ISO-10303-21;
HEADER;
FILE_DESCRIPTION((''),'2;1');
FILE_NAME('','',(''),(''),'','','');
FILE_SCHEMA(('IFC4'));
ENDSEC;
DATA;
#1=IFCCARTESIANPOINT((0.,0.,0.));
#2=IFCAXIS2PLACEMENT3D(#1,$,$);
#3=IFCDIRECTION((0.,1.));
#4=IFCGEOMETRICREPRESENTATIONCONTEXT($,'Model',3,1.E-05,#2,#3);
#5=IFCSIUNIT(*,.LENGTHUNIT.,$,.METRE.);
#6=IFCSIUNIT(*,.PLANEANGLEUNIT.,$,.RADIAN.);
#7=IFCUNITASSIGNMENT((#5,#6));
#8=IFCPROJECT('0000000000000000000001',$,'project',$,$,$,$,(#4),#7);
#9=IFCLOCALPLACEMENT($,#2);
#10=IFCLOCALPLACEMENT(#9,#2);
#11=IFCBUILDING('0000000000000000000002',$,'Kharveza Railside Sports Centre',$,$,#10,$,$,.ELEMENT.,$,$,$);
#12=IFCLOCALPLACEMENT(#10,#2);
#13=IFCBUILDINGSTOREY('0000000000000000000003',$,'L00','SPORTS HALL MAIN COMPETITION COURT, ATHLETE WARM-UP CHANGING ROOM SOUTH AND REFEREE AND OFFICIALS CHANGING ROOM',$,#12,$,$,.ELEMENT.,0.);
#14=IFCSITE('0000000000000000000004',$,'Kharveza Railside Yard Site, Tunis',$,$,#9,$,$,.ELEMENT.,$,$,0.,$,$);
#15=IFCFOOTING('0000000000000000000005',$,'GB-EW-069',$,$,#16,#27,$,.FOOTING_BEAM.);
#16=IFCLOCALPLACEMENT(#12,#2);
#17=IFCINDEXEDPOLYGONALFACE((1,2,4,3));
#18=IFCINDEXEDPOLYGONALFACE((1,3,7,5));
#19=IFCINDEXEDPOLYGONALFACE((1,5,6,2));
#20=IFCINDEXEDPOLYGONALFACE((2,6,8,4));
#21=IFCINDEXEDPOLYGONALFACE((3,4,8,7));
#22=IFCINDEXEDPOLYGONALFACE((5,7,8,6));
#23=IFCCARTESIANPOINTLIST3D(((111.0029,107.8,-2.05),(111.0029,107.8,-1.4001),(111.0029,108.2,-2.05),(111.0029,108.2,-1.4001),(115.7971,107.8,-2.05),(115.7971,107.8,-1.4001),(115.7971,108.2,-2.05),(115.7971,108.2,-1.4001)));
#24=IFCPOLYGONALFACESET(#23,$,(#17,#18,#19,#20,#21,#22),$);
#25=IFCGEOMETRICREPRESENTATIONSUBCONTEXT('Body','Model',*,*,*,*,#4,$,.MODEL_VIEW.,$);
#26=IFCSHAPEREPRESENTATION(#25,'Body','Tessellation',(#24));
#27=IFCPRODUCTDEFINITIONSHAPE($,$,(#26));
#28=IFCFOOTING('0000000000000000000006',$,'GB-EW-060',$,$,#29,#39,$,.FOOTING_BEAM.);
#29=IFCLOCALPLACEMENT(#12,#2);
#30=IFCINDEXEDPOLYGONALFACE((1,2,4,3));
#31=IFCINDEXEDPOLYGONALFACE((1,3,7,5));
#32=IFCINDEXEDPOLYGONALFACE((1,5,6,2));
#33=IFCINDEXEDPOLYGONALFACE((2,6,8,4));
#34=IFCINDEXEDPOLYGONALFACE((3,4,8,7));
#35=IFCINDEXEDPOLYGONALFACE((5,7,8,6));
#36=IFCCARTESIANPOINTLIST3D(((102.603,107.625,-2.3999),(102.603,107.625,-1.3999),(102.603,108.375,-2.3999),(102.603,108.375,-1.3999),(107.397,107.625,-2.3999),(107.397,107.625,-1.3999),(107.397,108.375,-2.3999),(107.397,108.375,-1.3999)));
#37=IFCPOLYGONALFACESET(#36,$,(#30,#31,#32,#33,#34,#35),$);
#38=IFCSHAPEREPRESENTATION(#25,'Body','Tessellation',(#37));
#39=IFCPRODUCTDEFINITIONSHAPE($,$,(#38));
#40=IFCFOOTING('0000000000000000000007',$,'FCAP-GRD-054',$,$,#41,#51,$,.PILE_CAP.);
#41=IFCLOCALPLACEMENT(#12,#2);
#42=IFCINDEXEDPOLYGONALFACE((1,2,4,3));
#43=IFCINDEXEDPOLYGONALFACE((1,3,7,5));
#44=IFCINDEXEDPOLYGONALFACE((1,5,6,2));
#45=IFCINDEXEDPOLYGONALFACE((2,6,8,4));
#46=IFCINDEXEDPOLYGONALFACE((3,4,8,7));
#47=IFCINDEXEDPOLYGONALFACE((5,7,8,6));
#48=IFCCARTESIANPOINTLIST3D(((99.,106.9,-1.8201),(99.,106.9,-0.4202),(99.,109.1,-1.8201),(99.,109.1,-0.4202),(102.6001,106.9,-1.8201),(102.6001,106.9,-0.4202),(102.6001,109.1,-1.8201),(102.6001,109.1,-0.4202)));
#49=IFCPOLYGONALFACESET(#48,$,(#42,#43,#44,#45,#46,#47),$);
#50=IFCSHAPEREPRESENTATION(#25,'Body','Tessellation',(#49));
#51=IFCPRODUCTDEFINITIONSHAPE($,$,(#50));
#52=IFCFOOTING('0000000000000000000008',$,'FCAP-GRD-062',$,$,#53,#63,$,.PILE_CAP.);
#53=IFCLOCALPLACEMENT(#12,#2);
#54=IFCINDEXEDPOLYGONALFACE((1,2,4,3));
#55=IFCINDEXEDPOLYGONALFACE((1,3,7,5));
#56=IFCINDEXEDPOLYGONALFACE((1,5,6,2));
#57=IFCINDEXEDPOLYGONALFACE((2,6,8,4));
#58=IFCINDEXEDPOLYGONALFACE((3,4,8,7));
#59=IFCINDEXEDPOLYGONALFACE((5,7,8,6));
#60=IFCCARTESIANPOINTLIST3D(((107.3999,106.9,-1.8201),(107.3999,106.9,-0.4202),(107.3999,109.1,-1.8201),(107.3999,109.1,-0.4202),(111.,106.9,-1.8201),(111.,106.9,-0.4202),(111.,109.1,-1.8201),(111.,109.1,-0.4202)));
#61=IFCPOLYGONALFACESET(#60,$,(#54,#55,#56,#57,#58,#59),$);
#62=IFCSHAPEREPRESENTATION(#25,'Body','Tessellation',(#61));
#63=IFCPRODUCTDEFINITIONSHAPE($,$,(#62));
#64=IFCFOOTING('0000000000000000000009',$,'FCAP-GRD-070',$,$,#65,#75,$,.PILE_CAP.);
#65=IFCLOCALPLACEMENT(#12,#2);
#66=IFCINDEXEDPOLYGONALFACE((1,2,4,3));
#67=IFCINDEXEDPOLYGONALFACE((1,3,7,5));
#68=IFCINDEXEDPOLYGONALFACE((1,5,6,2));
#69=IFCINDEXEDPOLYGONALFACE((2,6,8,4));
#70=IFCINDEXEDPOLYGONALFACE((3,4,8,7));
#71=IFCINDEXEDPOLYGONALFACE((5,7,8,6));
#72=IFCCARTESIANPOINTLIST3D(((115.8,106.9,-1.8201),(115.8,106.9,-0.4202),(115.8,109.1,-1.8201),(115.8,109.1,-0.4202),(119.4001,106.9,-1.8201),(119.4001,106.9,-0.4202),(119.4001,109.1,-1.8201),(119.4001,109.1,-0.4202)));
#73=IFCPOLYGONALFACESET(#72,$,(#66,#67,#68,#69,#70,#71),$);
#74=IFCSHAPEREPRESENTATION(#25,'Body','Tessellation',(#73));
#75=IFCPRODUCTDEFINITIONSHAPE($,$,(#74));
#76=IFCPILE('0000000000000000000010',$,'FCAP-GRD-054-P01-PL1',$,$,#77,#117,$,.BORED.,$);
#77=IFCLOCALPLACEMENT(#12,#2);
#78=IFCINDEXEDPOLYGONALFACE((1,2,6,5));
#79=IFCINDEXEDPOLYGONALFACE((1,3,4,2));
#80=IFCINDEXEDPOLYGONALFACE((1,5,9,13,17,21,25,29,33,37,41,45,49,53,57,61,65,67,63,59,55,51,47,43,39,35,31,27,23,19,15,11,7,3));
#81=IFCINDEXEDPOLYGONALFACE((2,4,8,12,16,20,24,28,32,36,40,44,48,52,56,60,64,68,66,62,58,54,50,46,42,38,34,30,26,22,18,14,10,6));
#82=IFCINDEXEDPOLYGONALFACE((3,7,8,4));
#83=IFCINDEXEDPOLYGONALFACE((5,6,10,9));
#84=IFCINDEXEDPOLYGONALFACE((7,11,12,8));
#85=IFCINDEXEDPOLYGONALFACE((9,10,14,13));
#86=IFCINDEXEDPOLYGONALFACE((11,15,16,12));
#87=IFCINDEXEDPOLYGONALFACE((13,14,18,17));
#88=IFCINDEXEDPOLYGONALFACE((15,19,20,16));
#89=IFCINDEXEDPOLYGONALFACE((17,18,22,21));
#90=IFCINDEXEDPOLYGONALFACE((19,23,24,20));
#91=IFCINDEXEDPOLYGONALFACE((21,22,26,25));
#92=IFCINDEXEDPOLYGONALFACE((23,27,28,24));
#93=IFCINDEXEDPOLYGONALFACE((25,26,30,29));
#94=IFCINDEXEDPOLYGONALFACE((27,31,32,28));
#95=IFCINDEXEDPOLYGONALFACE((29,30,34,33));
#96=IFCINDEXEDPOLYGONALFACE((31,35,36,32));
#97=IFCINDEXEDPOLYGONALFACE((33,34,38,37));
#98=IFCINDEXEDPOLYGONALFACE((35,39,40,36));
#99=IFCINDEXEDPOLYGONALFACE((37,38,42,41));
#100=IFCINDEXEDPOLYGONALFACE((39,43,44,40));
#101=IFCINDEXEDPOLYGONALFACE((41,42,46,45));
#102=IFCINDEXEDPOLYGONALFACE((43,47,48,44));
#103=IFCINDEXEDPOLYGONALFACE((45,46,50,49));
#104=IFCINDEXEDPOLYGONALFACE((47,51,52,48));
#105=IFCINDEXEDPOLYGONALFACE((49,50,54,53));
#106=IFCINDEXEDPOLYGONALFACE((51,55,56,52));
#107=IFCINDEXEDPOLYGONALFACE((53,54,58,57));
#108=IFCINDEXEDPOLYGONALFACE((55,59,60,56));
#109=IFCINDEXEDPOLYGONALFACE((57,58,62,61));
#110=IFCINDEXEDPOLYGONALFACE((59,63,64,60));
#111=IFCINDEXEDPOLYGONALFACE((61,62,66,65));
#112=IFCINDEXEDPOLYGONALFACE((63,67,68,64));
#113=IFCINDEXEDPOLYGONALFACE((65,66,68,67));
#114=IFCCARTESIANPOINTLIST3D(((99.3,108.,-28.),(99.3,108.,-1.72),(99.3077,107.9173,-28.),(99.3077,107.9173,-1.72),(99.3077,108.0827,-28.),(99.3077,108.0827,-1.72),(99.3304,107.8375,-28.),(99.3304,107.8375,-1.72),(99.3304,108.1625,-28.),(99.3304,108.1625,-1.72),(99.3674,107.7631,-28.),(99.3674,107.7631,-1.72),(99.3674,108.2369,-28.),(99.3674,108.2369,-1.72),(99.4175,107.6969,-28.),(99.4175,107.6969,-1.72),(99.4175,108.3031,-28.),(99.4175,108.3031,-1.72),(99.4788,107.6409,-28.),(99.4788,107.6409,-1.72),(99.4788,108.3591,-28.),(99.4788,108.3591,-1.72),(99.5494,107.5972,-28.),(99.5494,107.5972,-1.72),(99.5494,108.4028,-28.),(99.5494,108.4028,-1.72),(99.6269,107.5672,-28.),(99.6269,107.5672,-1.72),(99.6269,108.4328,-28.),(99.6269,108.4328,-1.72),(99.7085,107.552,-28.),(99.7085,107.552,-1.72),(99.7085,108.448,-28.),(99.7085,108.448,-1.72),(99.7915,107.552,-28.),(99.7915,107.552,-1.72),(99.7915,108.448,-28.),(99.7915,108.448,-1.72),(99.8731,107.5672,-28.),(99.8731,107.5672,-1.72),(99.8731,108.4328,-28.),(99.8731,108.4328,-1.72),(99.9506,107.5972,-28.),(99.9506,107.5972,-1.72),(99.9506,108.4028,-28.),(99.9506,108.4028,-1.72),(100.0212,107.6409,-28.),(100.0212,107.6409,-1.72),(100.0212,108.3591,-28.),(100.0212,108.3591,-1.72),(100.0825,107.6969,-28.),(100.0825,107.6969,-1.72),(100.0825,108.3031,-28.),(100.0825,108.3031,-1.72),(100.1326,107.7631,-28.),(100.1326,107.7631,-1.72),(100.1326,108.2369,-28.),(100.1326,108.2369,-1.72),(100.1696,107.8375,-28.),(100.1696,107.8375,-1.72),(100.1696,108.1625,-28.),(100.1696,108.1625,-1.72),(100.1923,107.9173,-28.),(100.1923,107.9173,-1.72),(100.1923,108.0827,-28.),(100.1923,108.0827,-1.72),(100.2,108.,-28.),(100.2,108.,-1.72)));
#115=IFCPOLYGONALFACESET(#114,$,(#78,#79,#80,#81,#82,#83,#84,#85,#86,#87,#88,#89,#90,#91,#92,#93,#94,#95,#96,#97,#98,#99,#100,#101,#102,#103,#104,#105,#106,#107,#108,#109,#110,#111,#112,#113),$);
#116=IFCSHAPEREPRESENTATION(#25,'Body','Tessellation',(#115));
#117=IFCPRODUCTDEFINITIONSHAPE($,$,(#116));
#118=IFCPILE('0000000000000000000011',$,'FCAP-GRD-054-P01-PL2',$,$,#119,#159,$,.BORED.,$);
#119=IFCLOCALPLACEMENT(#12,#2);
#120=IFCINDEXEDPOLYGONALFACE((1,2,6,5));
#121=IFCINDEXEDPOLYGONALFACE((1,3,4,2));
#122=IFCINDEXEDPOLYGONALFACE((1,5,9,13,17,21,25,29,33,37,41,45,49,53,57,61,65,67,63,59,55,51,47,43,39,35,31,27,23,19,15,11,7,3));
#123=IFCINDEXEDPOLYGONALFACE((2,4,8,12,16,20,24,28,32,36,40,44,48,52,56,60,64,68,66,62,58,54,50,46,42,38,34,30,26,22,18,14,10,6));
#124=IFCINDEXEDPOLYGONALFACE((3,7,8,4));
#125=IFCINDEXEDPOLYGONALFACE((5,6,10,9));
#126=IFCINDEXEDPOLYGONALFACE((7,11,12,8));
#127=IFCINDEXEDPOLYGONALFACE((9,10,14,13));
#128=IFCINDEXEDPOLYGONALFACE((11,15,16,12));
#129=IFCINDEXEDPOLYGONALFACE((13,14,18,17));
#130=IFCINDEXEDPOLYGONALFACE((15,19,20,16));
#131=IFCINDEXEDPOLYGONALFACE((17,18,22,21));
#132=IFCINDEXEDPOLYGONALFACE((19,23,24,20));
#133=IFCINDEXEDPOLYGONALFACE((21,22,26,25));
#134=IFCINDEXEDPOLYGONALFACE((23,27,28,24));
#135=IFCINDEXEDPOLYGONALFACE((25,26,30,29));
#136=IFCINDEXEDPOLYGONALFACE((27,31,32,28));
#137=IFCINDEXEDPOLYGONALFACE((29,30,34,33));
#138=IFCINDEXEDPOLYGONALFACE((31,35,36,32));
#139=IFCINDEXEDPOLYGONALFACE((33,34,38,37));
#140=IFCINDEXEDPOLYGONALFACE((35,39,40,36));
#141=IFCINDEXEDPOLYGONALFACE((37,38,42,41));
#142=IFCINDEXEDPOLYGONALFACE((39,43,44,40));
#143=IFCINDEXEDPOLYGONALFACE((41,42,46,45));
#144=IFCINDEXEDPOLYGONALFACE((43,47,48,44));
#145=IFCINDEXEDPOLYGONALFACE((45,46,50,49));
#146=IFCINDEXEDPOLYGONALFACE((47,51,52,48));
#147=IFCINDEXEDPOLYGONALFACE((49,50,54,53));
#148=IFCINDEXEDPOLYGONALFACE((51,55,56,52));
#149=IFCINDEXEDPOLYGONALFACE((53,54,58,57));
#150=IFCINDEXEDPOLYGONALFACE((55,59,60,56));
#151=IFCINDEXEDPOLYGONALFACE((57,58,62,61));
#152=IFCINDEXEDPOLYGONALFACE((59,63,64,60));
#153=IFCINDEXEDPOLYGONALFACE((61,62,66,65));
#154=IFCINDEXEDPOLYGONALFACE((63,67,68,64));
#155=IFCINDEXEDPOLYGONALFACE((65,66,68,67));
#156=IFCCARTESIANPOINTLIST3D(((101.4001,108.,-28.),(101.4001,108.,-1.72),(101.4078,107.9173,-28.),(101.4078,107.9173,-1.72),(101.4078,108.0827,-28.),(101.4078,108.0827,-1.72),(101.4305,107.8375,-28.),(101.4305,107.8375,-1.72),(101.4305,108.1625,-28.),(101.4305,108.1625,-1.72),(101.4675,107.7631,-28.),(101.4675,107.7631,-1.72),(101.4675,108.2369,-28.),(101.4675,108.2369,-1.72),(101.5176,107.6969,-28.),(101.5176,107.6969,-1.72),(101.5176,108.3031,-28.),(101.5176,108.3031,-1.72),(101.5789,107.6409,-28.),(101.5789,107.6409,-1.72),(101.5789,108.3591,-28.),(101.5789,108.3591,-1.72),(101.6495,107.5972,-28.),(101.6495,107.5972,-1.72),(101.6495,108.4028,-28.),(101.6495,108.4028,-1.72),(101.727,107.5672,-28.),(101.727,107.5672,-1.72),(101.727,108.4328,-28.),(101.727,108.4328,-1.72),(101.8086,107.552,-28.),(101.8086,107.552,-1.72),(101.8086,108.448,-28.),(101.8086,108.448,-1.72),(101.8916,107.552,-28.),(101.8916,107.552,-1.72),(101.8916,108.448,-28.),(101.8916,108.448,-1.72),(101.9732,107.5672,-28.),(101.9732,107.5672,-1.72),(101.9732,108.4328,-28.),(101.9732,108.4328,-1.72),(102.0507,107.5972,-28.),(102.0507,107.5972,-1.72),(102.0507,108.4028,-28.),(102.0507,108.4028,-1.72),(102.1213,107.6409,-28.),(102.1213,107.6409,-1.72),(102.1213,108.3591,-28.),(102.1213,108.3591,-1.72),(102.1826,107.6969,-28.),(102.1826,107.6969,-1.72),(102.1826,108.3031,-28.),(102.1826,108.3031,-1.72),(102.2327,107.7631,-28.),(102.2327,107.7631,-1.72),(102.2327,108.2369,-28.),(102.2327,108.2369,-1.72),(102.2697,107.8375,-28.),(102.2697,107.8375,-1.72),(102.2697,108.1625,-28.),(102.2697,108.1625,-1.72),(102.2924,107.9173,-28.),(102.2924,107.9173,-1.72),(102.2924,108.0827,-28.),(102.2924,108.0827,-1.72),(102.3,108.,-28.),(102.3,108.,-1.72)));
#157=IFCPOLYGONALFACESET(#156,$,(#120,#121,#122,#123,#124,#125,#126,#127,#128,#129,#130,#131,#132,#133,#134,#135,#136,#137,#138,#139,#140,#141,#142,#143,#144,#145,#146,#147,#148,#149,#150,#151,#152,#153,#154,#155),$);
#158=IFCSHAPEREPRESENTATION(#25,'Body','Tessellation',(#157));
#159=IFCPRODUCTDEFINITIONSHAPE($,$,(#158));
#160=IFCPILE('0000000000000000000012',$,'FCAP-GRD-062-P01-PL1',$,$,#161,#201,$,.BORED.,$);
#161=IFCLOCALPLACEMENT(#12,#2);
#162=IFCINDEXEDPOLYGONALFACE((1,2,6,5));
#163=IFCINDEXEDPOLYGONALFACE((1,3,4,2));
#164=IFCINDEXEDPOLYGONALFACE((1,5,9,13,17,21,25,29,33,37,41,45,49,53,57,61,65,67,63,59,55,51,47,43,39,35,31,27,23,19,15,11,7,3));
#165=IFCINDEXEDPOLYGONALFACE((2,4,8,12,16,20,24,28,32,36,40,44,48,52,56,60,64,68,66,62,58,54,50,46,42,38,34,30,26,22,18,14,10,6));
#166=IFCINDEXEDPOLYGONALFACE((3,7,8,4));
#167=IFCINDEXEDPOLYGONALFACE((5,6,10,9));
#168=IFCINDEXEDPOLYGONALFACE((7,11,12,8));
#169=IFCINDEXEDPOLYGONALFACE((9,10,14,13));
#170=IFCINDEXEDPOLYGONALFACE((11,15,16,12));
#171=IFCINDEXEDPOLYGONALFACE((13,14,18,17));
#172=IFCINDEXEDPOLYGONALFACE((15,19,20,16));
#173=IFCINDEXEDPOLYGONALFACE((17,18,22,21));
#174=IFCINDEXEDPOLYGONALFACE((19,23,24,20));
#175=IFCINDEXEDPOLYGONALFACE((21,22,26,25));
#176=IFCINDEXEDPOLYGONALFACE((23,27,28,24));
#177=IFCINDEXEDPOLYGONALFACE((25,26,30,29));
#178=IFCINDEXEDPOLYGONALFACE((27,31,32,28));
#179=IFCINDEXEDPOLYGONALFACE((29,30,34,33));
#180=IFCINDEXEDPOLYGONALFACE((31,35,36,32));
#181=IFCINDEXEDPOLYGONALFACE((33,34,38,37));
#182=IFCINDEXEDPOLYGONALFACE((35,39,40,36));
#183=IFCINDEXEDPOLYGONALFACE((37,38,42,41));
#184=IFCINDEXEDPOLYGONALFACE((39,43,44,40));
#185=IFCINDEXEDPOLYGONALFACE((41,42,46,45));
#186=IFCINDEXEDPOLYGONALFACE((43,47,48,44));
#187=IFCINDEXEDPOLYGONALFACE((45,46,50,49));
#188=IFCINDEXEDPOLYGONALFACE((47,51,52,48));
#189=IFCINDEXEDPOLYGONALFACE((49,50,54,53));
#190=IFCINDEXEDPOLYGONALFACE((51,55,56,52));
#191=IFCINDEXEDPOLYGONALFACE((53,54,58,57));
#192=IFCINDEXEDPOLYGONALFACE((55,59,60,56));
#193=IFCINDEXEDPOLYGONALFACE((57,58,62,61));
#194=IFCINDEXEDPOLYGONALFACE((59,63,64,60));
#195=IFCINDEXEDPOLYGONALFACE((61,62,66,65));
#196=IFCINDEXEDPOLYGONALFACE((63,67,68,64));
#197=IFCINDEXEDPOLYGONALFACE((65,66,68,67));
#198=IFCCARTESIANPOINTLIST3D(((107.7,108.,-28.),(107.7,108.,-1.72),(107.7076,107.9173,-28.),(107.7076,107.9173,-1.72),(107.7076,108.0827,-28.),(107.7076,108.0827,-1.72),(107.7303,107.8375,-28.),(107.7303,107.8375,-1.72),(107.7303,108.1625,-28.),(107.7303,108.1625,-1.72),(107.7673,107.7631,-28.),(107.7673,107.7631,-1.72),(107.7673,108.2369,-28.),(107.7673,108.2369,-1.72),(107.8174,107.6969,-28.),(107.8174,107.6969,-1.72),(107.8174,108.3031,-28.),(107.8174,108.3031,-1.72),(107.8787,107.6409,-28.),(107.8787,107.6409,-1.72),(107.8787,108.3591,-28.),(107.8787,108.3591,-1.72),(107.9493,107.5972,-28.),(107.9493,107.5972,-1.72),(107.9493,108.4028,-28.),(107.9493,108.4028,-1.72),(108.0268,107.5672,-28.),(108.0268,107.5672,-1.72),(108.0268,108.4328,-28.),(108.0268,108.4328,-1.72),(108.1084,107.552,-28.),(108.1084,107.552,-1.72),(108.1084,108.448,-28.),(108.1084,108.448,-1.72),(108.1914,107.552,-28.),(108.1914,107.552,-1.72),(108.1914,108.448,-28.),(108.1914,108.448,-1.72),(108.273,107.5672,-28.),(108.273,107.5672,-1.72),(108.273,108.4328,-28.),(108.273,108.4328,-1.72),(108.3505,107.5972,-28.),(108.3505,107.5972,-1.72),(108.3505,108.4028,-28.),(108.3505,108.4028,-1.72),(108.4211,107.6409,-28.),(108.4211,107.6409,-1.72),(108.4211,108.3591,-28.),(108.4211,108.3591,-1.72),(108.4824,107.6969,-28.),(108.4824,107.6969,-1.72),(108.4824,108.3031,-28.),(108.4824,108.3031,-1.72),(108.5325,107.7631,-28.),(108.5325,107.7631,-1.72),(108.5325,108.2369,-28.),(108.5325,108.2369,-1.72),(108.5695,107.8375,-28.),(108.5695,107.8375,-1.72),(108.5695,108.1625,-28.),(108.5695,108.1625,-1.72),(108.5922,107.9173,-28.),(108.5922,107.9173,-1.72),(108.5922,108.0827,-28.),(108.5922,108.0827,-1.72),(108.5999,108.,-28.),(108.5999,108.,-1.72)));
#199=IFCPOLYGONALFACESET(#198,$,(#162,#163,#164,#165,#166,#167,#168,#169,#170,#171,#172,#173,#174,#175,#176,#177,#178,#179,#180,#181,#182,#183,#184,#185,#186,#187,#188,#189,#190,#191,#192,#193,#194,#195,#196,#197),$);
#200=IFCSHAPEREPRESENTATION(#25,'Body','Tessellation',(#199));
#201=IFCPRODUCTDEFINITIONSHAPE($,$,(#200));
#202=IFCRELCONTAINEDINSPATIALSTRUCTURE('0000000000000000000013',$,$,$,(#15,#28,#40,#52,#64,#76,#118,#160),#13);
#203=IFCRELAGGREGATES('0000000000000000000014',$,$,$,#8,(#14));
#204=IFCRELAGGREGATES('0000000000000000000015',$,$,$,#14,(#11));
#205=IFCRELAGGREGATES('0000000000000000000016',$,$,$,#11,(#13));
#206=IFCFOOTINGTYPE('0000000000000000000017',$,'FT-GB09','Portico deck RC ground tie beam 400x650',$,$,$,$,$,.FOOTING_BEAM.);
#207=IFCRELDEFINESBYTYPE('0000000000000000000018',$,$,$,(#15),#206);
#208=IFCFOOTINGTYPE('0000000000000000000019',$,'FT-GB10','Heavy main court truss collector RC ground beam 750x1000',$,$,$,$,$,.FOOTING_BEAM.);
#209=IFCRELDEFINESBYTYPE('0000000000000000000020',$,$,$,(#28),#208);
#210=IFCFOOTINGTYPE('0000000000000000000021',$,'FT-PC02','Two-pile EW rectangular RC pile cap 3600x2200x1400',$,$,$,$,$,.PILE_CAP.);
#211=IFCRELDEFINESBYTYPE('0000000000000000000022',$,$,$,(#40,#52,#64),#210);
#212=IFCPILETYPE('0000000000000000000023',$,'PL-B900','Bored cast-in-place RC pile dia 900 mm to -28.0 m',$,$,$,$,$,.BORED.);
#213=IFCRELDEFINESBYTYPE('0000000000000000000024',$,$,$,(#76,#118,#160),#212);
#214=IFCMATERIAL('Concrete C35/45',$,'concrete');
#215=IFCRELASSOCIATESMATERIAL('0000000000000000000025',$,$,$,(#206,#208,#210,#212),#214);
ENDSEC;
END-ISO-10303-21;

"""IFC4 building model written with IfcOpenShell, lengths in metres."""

from ifc_helpers import new_model, si_unit, direction, frame, origin, origin_2d, place, context, subcontext, project, spatial, rectangle, circle, extrude, material, material_profile, profile_set, type_object, element, save


model = new_model("IFC4")

# Units and contexts
model_context = context("Model", 3, precision=1e-05, world=origin(), true_north=direction((0.0, 1.0)))
body_context = subcontext(model_context, "Body", "Model", "MODEL_VIEW")
ifc_project = project(units=[si_unit("LENGTHUNIT", "METRE"), si_unit("PLANEANGLEUNIT", "RADIAN")], contexts=[model_context])

# Site, building, storey
site_placement = place(None, origin())
site = spatial("IfcSite", under=ifc_project, at=site_placement, Name="Kharveza Railside Yard Site, Tunis", CompositionType="ELEMENT", RefElevation=0.0)
building_placement = place(site_placement, origin())
building = spatial("IfcBuilding", under=site, at=building_placement, Name="Kharveza Railside Sports Centre", CompositionType="ELEMENT")
storey_placement = place(building_placement, origin())
storey = spatial("IfcBuildingStorey", under=building, at=storey_placement, Name="L00", Description="SPORTS HALL MAIN COMPETITION COURT, ATHLETE WARM-UP CHANGING ROOM SOUTH AND REFEREE AND OFFICIALS CHANGING ROOM", CompositionType="ELEMENT", Elevation=0.0)

# Footings
ifc_material_1 = material(Name="Concrete C35/45", Category="concrete")
ifc_material_profile_1 = material_profile(ifc_material_1, rectangle(XDim=0.3999, YDim=0.6499, at=origin_2d()), Name="GB 400x650")
ifc_profile_set_1 = profile_set([ifc_material_profile_1], Name="Concrete C35/45")
footing_type_1 = type_object("IfcFootingType", Name="FT-GB09", Description="Portico deck RC ground tie beam 400x650", PredefinedType="FOOTING_BEAM", material=ifc_profile_set_1)
footing_1_placement = place(storey_placement, frame((111.0029, 108.0, -1.7251), z_axis=(1.0, 0.0, 0.0), x_axis=(0.0, 1.0, 0.0)))
element("IfcFooting", 1, at=footing_1_placement, inside=storey, type_object=footing_type_1, Name="GB-EW-069", PredefinedType="FOOTING_BEAM", context=body_context, shape_type="SweptSolid", body=[
    extrude(rectangle(XDim=0.3999, YDim=0.6499, at=origin_2d()), origin(), (0.0, 0.0, 1.0), 4.7942),
])
ifc_material_profile_2 = material_profile(ifc_material_1, rectangle(XDim=0.75, YDim=1.0, at=origin_2d()), Name="GB 750x1000")
ifc_profile_set_2 = profile_set([ifc_material_profile_2], Name="Concrete C35/45")
footing_type_2 = type_object("IfcFootingType", Name="FT-GB10", Description="Heavy main court truss collector RC ground beam 750x1000", PredefinedType="FOOTING_BEAM", material=ifc_profile_set_2)
footing_2_placement = place(storey_placement, frame((102.603, 108.0, -1.8999), z_axis=(1.0, 0.0, 0.0), x_axis=(0.0, 1.0, 0.0)))
element("IfcFooting", 2, at=footing_2_placement, inside=storey, type_object=footing_type_2, Name="GB-EW-060", PredefinedType="FOOTING_BEAM", context=body_context, shape_type="SweptSolid", body=[
    extrude(rectangle(XDim=0.75, YDim=1.0, at=origin_2d()), origin(), (0.0, 0.0, 1.0), 4.7939),
])
footing_type_3 = type_object("IfcFootingType", Name="FT-PC02", Description="Two-pile EW rectangular RC pile cap 3600x2200x1400", PredefinedType="PILE_CAP", material=ifc_material_1)
for number, where, z_axis, x_axis, name in (
    (3, (100.8, 108.0, -1.8201), (0.0, 0.0, 1.0), (1.0, 0.0, 0.0), "FCAP-GRD-054"),
    (4, (109.2, 108.0, -1.8201), (0.0, 0.0, 1.0), (1.0, 0.0, 0.0), "FCAP-GRD-062"),
    (5, (117.6001, 108.0, -1.8201), (0.0, 0.0, 1.0), (1.0, 0.0, 0.0), "FCAP-GRD-070"),
):
    element("IfcFooting", number, at=place(storey_placement, frame(where, z_axis=z_axis, x_axis=x_axis)), inside=storey, type_object=footing_type_3, Name=name, PredefinedType="PILE_CAP", context=body_context, shape_type="SweptSolid", body=[
        extrude(rectangle(XDim=3.6001, YDim=2.2, at=origin_2d()), origin(), (0.0, 0.0, 1.0), 1.3999),
    ])

# Piles
ifc_material_profile_3 = material_profile(ifc_material_1, circle(Radius=0.45, at=origin_2d()), Name="PILE D900")
ifc_profile_set_3 = profile_set([ifc_material_profile_3], Name="Concrete C35/45")
pile_type = type_object("IfcPileType", Name="PL-B900", Description="Bored cast-in-place RC pile dia 900 mm to -28.0 m", PredefinedType="BORED", material=ifc_profile_set_3)
for number, where, z_axis, x_axis, name in (
    (6, (99.75, 108.0, -1.72), (0.0, 0.0, -1.0), (1.0, 0.0, 0.0), "FCAP-GRD-054-P01-PL1"),
    (7, (101.8501, 108.0, -1.72), (0.0, 0.0, -1.0), (1.0, 0.0, 0.0), "FCAP-GRD-054-P01-PL2"),
    (8, (108.1499, 108.0, -1.72), (0.0, 0.0, -1.0), (1.0, 0.0, 0.0), "FCAP-GRD-062-P01-PL1"),
):
    element("IfcPile", number, at=place(storey_placement, frame(where, z_axis=z_axis, x_axis=x_axis)), inside=storey, type_object=pile_type, Name=name, PredefinedType="BORED", context=body_context, shape_type="SweptSolid", body=[
        extrude(circle(Radius=0.45, at=origin_2d()), origin(), (0.0, 0.0, 1.0), 26.28),
    ])

save(model, "model.ifc")
